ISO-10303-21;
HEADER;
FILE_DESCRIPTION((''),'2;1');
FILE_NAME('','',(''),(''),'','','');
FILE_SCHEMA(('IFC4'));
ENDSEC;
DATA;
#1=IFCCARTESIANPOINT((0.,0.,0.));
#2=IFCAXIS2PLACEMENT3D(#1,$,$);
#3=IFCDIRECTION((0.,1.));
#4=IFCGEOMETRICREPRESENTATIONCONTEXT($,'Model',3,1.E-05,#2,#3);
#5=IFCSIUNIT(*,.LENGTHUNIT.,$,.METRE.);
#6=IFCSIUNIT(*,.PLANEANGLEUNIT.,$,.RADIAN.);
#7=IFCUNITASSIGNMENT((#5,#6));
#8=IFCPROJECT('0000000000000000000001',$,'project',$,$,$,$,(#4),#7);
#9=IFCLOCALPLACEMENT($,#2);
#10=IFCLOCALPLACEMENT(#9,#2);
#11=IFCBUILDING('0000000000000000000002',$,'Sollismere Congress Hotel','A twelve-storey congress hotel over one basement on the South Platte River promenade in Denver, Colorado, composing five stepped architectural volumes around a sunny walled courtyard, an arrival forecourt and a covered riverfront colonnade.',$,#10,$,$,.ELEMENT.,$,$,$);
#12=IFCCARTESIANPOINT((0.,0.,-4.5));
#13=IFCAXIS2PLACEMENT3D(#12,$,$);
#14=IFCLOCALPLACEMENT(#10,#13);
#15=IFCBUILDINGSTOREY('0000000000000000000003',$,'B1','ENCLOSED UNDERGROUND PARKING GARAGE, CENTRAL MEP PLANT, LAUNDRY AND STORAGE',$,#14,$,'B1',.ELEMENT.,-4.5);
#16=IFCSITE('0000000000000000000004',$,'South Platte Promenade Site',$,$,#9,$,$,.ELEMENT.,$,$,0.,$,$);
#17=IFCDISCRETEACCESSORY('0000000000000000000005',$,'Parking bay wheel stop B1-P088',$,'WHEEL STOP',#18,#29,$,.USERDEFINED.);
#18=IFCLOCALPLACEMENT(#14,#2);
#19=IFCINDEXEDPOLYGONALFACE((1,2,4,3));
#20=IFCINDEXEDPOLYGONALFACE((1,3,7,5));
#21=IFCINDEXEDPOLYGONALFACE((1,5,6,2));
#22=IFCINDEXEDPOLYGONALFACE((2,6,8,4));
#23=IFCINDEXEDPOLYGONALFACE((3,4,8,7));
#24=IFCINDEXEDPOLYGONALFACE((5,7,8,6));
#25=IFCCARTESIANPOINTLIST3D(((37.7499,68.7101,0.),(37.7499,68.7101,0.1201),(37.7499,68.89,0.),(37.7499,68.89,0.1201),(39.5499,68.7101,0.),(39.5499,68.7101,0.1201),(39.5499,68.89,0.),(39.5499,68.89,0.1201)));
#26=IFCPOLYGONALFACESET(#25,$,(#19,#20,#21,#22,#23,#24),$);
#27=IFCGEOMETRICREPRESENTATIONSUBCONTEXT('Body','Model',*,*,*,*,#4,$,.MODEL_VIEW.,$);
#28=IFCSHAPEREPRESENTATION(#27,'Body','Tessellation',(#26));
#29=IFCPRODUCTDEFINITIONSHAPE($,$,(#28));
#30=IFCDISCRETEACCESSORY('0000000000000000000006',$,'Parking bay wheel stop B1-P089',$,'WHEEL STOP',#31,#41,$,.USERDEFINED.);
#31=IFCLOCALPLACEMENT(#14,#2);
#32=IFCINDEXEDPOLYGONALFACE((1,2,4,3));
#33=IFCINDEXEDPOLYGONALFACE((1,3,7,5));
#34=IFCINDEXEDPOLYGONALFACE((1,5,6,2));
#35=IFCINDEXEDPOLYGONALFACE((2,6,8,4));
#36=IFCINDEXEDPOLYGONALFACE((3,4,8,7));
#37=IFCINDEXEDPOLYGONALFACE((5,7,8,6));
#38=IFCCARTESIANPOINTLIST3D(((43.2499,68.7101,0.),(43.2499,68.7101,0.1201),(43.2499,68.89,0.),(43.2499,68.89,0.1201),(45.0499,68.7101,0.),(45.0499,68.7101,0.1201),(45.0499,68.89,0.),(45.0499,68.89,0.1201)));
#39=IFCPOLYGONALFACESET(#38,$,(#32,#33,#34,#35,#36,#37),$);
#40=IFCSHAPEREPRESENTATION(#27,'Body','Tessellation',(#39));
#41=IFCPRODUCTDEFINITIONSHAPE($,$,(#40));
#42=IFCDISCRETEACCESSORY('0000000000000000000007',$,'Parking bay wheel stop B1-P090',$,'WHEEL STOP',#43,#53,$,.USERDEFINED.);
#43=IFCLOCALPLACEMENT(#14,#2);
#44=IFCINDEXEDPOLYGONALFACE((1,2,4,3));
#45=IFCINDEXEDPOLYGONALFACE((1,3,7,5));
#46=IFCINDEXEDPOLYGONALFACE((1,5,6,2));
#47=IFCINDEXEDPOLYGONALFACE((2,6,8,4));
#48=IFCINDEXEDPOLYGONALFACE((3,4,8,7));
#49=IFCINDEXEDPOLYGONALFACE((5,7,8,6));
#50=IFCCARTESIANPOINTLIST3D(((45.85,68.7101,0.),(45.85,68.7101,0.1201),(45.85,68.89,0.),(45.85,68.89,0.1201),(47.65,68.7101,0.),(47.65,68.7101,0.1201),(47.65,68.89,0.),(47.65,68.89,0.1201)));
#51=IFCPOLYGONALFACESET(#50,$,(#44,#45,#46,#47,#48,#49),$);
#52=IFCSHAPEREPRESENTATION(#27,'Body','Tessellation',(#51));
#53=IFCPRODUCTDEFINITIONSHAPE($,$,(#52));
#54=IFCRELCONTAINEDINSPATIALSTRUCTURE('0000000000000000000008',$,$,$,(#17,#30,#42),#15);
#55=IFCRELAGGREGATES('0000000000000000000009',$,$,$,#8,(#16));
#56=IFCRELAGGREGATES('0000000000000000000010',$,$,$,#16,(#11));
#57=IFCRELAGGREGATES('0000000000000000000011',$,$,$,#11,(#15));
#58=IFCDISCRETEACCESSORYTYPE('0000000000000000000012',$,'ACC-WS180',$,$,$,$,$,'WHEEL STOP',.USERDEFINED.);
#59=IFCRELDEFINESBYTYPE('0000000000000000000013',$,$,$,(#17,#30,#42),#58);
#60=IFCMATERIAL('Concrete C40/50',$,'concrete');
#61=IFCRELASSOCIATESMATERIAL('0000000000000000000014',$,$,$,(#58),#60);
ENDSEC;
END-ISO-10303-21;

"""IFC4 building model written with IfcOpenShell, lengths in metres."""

from ifc_helpers import new_model, si_unit, direction, frame, origin, origin_2d, place, context, subcontext, project, spatial, rectangle, extrude, material, type_object, element, save


model = new_model("IFC4")

# Units and contexts
model_context = context("Model", 3, precision=1e-05, world=origin(), true_north=direction((0.0, 1.0)))
body_context = subcontext(model_context, "Body", "Model", "MODEL_VIEW")
ifc_project = project(units=[si_unit("LENGTHUNIT", "METRE"), si_unit("PLANEANGLEUNIT", "RADIAN")], contexts=[model_context])

# Site, building, storey
site_placement = place(None, origin())
site = spatial("IfcSite", under=ifc_project, at=site_placement, Name="South Platte Promenade Site", CompositionType="ELEMENT", RefElevation=0.0)
building_placement = place(site_placement, origin())
building = spatial("IfcBuilding", under=site, at=building_placement, Name="Sollismere Congress Hotel", Description="A twelve-storey congress hotel over one basement on the South Platte River promenade in Denver, Colorado, composing five stepped architectural volumes around a sunny walled courtyard, an arrival forecourt and a covered riverfront colonnade.", CompositionType="ELEMENT")
storey_placement = place(building_placement, frame((0.0, 0.0, -4.5)))
storey = spatial("IfcBuildingStorey", under=building, at=storey_placement, Name="B1", Description="ENCLOSED UNDERGROUND PARKING GARAGE, CENTRAL MEP PLANT, LAUNDRY AND STORAGE", LongName="B1", CompositionType="ELEMENT", Elevation=-4.5)

# Shared definitions
ifc_material_1 = material(Name="Concrete C40/50", Category="concrete")

# Discrete accessories
discrete_accessory_type = type_object("IfcDiscreteAccessoryType", Name="ACC-WS180", ElementType="WHEEL STOP", PredefinedType="USERDEFINED", material=ifc_material_1)
for number, where, z_axis, x_axis, name in (
    (1, (38.6499, 68.8, 0.0), (0.0, 0.0, 1.0), (1.0, 0.0, 0.0), "Parking bay wheel stop B1-P088"),
    (2, (44.1499, 68.8, 0.0), (0.0, 0.0, 1.0), (1.0, 0.0, 0.0), "Parking bay wheel stop B1-P089"),
    (3, (46.75, 68.8, 0.0), (0.0, 0.0, 1.0), (1.0, 0.0, 0.0), "Parking bay wheel stop B1-P090"),
):
    element("IfcDiscreteAccessory", number, at=place(storey_placement, frame(where, z_axis=z_axis, x_axis=x_axis)), inside=storey, type_object=discrete_accessory_type, Name=name, ObjectType="WHEEL STOP", PredefinedType="USERDEFINED", context=body_context, shape_type="SweptSolid", body=[
        extrude(rectangle(XDim=1.8, YDim=0.1799, at=origin_2d()), origin(), (0.0, 0.0, 1.0), 0.1201),
    ])

save(model, "model.ifc")
